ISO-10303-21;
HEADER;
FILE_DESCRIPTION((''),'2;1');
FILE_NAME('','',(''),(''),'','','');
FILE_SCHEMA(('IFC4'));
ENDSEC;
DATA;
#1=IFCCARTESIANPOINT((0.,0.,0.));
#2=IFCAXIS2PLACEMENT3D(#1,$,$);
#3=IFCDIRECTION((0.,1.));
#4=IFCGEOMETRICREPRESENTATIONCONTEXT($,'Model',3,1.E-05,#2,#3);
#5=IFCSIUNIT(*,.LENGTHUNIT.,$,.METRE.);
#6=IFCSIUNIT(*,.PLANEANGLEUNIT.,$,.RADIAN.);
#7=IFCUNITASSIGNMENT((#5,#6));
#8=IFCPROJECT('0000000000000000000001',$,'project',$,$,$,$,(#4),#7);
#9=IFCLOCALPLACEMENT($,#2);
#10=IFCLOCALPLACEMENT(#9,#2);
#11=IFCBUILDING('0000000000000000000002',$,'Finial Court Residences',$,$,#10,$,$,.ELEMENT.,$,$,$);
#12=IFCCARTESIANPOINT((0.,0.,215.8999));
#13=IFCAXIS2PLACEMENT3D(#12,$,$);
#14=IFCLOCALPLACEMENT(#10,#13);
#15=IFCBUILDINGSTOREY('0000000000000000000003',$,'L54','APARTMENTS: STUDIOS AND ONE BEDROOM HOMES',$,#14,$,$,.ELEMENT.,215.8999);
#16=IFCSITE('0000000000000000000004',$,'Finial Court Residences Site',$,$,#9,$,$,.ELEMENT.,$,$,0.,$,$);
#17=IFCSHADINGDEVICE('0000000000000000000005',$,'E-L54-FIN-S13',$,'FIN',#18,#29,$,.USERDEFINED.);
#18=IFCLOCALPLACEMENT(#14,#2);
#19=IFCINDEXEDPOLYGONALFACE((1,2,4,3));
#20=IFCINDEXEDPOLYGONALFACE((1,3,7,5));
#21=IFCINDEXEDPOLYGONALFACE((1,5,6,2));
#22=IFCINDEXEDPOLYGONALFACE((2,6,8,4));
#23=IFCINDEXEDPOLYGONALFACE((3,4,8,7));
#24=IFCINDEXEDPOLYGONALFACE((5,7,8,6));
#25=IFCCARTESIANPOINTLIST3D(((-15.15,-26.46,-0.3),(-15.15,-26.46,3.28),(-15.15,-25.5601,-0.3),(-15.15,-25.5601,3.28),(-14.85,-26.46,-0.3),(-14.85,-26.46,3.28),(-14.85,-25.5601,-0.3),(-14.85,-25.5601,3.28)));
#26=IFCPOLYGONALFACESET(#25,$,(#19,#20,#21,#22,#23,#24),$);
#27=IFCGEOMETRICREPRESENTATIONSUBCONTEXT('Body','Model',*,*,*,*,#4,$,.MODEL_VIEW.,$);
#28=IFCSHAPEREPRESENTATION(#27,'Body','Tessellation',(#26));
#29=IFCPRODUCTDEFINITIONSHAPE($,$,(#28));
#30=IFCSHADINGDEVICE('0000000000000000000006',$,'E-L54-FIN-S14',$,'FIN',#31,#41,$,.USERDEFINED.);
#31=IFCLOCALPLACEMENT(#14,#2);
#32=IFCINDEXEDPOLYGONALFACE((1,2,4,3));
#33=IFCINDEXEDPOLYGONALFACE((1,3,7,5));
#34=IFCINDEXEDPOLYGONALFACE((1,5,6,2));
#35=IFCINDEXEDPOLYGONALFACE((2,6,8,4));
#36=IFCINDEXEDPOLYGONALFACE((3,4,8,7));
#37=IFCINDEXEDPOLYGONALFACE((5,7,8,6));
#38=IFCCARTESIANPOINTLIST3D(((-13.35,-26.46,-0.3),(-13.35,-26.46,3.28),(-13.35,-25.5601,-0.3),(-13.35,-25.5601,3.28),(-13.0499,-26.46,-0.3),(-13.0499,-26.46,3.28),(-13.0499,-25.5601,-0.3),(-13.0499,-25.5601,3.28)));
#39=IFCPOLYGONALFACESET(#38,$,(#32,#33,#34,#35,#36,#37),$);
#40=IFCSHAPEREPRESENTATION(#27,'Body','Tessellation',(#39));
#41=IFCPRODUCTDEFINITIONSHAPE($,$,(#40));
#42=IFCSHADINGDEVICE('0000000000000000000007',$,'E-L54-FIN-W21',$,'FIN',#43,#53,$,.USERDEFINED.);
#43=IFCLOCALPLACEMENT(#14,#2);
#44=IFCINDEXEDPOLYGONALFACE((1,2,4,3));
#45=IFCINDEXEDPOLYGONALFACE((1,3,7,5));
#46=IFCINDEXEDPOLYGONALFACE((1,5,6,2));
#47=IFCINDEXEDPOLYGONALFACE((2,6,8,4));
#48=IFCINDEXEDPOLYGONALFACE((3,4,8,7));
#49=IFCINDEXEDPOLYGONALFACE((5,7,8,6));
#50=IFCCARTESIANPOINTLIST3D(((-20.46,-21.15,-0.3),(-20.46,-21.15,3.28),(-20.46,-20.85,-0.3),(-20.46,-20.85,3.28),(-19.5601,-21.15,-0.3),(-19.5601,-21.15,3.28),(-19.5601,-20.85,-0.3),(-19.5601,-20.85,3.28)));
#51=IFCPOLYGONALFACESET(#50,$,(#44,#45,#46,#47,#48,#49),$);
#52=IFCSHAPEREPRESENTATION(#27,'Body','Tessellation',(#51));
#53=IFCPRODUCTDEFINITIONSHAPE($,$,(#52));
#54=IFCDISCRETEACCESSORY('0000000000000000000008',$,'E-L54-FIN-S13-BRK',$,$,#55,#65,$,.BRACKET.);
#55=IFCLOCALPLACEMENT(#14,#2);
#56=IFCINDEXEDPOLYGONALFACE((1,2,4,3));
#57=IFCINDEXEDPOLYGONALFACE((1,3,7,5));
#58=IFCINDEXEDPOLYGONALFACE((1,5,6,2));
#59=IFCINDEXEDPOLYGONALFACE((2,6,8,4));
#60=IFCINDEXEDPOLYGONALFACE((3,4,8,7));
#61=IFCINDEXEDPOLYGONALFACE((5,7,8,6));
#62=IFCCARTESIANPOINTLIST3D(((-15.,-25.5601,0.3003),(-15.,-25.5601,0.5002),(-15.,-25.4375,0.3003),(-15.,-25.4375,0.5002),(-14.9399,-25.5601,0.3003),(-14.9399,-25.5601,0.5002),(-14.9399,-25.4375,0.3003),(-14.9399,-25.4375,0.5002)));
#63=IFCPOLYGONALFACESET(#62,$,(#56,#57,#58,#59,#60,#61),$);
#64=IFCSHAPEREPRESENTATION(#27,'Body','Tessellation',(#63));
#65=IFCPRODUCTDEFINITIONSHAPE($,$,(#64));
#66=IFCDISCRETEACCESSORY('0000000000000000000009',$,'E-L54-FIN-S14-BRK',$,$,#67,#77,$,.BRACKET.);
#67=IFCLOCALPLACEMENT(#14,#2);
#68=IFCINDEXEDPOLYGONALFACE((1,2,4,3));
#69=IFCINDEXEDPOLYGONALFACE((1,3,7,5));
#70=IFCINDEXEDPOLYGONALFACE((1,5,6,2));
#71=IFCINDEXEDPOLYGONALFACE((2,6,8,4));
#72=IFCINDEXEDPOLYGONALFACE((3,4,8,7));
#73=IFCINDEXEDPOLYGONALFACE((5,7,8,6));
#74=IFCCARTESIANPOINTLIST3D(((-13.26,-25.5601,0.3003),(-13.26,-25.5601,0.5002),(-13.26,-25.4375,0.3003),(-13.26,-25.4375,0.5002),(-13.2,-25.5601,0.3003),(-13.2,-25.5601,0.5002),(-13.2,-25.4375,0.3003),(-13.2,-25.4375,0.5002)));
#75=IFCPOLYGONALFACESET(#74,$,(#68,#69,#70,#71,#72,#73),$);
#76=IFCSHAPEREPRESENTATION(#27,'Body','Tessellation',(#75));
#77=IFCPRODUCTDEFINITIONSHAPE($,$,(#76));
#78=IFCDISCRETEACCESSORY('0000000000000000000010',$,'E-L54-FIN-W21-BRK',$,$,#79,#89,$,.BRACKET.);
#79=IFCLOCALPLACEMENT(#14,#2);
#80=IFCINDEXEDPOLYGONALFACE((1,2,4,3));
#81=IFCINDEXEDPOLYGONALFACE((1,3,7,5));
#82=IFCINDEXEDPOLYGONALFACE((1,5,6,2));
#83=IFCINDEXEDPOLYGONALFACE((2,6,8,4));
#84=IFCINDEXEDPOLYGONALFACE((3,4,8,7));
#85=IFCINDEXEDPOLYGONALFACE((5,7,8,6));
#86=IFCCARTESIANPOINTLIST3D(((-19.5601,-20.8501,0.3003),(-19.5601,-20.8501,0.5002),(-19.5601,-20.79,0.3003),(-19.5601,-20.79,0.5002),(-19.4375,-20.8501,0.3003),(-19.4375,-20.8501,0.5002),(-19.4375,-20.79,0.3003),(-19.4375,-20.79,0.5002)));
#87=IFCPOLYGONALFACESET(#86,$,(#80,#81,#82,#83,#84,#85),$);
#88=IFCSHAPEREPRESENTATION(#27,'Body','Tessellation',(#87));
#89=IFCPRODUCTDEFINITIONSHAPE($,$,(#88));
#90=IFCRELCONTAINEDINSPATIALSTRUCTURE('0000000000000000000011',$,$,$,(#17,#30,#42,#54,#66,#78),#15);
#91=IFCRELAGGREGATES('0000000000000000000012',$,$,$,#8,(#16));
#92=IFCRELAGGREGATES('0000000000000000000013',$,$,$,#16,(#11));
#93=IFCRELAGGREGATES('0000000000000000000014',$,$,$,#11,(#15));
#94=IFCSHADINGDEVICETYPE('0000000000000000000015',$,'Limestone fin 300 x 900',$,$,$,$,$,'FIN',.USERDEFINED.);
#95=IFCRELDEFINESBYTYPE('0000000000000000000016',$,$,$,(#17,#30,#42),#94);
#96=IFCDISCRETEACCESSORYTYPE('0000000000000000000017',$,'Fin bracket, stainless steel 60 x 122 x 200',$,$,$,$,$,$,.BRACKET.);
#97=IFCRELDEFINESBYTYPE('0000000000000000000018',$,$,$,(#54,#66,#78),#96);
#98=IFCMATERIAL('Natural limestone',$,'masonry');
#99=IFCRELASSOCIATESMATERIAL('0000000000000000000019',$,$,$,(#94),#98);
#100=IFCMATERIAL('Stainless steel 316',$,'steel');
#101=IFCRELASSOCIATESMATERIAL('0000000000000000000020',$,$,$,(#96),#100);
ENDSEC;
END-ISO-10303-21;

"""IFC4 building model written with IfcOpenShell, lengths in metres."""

from ifc_helpers import new_model, si_unit, direction, frame, origin, origin_2d, place, context, subcontext, project, spatial, rectangle, extrude, material, type_object, element, save


model = new_model("IFC4")

# Units and contexts
model_context = context("Model", 3, precision=1e-05, world=origin(), true_north=direction((0.0, 1.0)))
body_context = subcontext(model_context, "Body", "Model", "MODEL_VIEW")
ifc_project = project(units=[si_unit("LENGTHUNIT", "METRE"), si_unit("PLANEANGLEUNIT", "RADIAN")], contexts=[model_context])

# Site, building, storey
site_placement = place(None, origin())
site = spatial("IfcSite", under=ifc_project, at=site_placement, Name="Finial Court Residences Site", CompositionType="ELEMENT", RefElevation=0.0)
building_placement = place(site_placement, origin())
building = spatial("IfcBuilding", under=site, at=building_placement, Name="Finial Court Residences", CompositionType="ELEMENT")
storey_placement = place(building_placement, frame((0.0, 0.0, 215.8999)))
storey = spatial("IfcBuildingStorey", under=building, at=storey_placement, Name="L54", Description="APARTMENTS: STUDIOS AND ONE BEDROOM HOMES", CompositionType="ELEMENT", Elevation=215.8999)

# Shared definitions
ifc_material_1 = material(Name="Natural limestone", Category="masonry")

# Shading devices
shading_device_type = type_object("IfcShadingDeviceType", Name="Limestone fin 300 x 900", ElementType="FIN", PredefinedType="USERDEFINED", material=ifc_material_1)
for number, where, z_axis, x_axis, name in (
    (1, (-15.0, -26.01, -0.3), (0.0, 0.0, 1.0), (1.0, 0.0, 0.0), "E-L54-FIN-S13"),
    (2, (-13.2, -26.01, -0.3), (0.0, 0.0, 1.0), (1.0, 0.0, 0.0), "E-L54-FIN-S14"),
):
    element("IfcShadingDevice", number, at=place(storey_placement, frame(where, z_axis=z_axis, x_axis=x_axis)), inside=storey, type_object=shading_device_type, Name=name, ObjectType="FIN", PredefinedType="USERDEFINED", context=body_context, shape_type="SweptSolid", body=[
        extrude(rectangle(XDim=0.3, YDim=0.8999, at=origin_2d()), origin(), (0.0, 0.0, 1.0), 3.5801),
    ])
shading_device_placement = place(storey_placement, frame((-20.01, -21.0, -0.3), z_axis=(0.0, 0.0, 1.0), x_axis=(1.0, 0.0, 0.0)))
element("IfcShadingDevice", 3, at=shading_device_placement, inside=storey, type_object=shading_device_type, Name="E-L54-FIN-W21", ObjectType="FIN", PredefinedType="USERDEFINED", context=body_context, shape_type="SweptSolid", body=[
    extrude(rectangle(XDim=0.8999, YDim=0.3, at=origin_2d()), origin(), (0.0, 0.0, 1.0), 3.5801),
])

# Discrete accessories
ifc_material_2 = material(Name="Stainless steel 316", Category="steel")
discrete_accessory_type = type_object("IfcDiscreteAccessoryType", Name="Fin bracket, stainless steel 60 x 122 x 200", PredefinedType="BRACKET", material=ifc_material_2)
for number, where, z_axis, x_axis, name in (
    (4, (-14.97, -25.4988, 0.3003), (0.0, 0.0, 1.0), (1.0, 0.0, 0.0), "E-L54-FIN-S13-BRK"),
    (5, (-13.23, -25.4988, 0.3003), (0.0, 0.0, 1.0), (1.0, 0.0, 0.0), "E-L54-FIN-S14-BRK"),
):
    element("IfcDiscreteAccessory", number, at=place(storey_placement, frame(where, z_axis=z_axis, x_axis=x_axis)), inside=storey, type_object=discrete_accessory_type, Name=name, PredefinedType="BRACKET", context=body_context, shape_type="SweptSolid", body=[
        extrude(rectangle(XDim=0.0601, YDim=0.1226, at=origin_2d()), origin(), (0.0, 0.0, 1.0), 0.2),
    ])
discrete_accessory_placement = place(storey_placement, frame((-19.4988, -20.8201, 0.3003), z_axis=(0.0, 0.0, 1.0), x_axis=(1.0, 0.0, 0.0)))
element("IfcDiscreteAccessory", 6, at=discrete_accessory_placement, inside=storey, type_object=discrete_accessory_type, Name="E-L54-FIN-W21-BRK", PredefinedType="BRACKET", context=body_context, shape_type="SweptSolid", body=[
    extrude(rectangle(XDim=0.1226, YDim=0.0601, at=origin_2d()), origin(), (0.0, 0.0, 1.0), 0.2),
])

save(model, "model.ifc")
